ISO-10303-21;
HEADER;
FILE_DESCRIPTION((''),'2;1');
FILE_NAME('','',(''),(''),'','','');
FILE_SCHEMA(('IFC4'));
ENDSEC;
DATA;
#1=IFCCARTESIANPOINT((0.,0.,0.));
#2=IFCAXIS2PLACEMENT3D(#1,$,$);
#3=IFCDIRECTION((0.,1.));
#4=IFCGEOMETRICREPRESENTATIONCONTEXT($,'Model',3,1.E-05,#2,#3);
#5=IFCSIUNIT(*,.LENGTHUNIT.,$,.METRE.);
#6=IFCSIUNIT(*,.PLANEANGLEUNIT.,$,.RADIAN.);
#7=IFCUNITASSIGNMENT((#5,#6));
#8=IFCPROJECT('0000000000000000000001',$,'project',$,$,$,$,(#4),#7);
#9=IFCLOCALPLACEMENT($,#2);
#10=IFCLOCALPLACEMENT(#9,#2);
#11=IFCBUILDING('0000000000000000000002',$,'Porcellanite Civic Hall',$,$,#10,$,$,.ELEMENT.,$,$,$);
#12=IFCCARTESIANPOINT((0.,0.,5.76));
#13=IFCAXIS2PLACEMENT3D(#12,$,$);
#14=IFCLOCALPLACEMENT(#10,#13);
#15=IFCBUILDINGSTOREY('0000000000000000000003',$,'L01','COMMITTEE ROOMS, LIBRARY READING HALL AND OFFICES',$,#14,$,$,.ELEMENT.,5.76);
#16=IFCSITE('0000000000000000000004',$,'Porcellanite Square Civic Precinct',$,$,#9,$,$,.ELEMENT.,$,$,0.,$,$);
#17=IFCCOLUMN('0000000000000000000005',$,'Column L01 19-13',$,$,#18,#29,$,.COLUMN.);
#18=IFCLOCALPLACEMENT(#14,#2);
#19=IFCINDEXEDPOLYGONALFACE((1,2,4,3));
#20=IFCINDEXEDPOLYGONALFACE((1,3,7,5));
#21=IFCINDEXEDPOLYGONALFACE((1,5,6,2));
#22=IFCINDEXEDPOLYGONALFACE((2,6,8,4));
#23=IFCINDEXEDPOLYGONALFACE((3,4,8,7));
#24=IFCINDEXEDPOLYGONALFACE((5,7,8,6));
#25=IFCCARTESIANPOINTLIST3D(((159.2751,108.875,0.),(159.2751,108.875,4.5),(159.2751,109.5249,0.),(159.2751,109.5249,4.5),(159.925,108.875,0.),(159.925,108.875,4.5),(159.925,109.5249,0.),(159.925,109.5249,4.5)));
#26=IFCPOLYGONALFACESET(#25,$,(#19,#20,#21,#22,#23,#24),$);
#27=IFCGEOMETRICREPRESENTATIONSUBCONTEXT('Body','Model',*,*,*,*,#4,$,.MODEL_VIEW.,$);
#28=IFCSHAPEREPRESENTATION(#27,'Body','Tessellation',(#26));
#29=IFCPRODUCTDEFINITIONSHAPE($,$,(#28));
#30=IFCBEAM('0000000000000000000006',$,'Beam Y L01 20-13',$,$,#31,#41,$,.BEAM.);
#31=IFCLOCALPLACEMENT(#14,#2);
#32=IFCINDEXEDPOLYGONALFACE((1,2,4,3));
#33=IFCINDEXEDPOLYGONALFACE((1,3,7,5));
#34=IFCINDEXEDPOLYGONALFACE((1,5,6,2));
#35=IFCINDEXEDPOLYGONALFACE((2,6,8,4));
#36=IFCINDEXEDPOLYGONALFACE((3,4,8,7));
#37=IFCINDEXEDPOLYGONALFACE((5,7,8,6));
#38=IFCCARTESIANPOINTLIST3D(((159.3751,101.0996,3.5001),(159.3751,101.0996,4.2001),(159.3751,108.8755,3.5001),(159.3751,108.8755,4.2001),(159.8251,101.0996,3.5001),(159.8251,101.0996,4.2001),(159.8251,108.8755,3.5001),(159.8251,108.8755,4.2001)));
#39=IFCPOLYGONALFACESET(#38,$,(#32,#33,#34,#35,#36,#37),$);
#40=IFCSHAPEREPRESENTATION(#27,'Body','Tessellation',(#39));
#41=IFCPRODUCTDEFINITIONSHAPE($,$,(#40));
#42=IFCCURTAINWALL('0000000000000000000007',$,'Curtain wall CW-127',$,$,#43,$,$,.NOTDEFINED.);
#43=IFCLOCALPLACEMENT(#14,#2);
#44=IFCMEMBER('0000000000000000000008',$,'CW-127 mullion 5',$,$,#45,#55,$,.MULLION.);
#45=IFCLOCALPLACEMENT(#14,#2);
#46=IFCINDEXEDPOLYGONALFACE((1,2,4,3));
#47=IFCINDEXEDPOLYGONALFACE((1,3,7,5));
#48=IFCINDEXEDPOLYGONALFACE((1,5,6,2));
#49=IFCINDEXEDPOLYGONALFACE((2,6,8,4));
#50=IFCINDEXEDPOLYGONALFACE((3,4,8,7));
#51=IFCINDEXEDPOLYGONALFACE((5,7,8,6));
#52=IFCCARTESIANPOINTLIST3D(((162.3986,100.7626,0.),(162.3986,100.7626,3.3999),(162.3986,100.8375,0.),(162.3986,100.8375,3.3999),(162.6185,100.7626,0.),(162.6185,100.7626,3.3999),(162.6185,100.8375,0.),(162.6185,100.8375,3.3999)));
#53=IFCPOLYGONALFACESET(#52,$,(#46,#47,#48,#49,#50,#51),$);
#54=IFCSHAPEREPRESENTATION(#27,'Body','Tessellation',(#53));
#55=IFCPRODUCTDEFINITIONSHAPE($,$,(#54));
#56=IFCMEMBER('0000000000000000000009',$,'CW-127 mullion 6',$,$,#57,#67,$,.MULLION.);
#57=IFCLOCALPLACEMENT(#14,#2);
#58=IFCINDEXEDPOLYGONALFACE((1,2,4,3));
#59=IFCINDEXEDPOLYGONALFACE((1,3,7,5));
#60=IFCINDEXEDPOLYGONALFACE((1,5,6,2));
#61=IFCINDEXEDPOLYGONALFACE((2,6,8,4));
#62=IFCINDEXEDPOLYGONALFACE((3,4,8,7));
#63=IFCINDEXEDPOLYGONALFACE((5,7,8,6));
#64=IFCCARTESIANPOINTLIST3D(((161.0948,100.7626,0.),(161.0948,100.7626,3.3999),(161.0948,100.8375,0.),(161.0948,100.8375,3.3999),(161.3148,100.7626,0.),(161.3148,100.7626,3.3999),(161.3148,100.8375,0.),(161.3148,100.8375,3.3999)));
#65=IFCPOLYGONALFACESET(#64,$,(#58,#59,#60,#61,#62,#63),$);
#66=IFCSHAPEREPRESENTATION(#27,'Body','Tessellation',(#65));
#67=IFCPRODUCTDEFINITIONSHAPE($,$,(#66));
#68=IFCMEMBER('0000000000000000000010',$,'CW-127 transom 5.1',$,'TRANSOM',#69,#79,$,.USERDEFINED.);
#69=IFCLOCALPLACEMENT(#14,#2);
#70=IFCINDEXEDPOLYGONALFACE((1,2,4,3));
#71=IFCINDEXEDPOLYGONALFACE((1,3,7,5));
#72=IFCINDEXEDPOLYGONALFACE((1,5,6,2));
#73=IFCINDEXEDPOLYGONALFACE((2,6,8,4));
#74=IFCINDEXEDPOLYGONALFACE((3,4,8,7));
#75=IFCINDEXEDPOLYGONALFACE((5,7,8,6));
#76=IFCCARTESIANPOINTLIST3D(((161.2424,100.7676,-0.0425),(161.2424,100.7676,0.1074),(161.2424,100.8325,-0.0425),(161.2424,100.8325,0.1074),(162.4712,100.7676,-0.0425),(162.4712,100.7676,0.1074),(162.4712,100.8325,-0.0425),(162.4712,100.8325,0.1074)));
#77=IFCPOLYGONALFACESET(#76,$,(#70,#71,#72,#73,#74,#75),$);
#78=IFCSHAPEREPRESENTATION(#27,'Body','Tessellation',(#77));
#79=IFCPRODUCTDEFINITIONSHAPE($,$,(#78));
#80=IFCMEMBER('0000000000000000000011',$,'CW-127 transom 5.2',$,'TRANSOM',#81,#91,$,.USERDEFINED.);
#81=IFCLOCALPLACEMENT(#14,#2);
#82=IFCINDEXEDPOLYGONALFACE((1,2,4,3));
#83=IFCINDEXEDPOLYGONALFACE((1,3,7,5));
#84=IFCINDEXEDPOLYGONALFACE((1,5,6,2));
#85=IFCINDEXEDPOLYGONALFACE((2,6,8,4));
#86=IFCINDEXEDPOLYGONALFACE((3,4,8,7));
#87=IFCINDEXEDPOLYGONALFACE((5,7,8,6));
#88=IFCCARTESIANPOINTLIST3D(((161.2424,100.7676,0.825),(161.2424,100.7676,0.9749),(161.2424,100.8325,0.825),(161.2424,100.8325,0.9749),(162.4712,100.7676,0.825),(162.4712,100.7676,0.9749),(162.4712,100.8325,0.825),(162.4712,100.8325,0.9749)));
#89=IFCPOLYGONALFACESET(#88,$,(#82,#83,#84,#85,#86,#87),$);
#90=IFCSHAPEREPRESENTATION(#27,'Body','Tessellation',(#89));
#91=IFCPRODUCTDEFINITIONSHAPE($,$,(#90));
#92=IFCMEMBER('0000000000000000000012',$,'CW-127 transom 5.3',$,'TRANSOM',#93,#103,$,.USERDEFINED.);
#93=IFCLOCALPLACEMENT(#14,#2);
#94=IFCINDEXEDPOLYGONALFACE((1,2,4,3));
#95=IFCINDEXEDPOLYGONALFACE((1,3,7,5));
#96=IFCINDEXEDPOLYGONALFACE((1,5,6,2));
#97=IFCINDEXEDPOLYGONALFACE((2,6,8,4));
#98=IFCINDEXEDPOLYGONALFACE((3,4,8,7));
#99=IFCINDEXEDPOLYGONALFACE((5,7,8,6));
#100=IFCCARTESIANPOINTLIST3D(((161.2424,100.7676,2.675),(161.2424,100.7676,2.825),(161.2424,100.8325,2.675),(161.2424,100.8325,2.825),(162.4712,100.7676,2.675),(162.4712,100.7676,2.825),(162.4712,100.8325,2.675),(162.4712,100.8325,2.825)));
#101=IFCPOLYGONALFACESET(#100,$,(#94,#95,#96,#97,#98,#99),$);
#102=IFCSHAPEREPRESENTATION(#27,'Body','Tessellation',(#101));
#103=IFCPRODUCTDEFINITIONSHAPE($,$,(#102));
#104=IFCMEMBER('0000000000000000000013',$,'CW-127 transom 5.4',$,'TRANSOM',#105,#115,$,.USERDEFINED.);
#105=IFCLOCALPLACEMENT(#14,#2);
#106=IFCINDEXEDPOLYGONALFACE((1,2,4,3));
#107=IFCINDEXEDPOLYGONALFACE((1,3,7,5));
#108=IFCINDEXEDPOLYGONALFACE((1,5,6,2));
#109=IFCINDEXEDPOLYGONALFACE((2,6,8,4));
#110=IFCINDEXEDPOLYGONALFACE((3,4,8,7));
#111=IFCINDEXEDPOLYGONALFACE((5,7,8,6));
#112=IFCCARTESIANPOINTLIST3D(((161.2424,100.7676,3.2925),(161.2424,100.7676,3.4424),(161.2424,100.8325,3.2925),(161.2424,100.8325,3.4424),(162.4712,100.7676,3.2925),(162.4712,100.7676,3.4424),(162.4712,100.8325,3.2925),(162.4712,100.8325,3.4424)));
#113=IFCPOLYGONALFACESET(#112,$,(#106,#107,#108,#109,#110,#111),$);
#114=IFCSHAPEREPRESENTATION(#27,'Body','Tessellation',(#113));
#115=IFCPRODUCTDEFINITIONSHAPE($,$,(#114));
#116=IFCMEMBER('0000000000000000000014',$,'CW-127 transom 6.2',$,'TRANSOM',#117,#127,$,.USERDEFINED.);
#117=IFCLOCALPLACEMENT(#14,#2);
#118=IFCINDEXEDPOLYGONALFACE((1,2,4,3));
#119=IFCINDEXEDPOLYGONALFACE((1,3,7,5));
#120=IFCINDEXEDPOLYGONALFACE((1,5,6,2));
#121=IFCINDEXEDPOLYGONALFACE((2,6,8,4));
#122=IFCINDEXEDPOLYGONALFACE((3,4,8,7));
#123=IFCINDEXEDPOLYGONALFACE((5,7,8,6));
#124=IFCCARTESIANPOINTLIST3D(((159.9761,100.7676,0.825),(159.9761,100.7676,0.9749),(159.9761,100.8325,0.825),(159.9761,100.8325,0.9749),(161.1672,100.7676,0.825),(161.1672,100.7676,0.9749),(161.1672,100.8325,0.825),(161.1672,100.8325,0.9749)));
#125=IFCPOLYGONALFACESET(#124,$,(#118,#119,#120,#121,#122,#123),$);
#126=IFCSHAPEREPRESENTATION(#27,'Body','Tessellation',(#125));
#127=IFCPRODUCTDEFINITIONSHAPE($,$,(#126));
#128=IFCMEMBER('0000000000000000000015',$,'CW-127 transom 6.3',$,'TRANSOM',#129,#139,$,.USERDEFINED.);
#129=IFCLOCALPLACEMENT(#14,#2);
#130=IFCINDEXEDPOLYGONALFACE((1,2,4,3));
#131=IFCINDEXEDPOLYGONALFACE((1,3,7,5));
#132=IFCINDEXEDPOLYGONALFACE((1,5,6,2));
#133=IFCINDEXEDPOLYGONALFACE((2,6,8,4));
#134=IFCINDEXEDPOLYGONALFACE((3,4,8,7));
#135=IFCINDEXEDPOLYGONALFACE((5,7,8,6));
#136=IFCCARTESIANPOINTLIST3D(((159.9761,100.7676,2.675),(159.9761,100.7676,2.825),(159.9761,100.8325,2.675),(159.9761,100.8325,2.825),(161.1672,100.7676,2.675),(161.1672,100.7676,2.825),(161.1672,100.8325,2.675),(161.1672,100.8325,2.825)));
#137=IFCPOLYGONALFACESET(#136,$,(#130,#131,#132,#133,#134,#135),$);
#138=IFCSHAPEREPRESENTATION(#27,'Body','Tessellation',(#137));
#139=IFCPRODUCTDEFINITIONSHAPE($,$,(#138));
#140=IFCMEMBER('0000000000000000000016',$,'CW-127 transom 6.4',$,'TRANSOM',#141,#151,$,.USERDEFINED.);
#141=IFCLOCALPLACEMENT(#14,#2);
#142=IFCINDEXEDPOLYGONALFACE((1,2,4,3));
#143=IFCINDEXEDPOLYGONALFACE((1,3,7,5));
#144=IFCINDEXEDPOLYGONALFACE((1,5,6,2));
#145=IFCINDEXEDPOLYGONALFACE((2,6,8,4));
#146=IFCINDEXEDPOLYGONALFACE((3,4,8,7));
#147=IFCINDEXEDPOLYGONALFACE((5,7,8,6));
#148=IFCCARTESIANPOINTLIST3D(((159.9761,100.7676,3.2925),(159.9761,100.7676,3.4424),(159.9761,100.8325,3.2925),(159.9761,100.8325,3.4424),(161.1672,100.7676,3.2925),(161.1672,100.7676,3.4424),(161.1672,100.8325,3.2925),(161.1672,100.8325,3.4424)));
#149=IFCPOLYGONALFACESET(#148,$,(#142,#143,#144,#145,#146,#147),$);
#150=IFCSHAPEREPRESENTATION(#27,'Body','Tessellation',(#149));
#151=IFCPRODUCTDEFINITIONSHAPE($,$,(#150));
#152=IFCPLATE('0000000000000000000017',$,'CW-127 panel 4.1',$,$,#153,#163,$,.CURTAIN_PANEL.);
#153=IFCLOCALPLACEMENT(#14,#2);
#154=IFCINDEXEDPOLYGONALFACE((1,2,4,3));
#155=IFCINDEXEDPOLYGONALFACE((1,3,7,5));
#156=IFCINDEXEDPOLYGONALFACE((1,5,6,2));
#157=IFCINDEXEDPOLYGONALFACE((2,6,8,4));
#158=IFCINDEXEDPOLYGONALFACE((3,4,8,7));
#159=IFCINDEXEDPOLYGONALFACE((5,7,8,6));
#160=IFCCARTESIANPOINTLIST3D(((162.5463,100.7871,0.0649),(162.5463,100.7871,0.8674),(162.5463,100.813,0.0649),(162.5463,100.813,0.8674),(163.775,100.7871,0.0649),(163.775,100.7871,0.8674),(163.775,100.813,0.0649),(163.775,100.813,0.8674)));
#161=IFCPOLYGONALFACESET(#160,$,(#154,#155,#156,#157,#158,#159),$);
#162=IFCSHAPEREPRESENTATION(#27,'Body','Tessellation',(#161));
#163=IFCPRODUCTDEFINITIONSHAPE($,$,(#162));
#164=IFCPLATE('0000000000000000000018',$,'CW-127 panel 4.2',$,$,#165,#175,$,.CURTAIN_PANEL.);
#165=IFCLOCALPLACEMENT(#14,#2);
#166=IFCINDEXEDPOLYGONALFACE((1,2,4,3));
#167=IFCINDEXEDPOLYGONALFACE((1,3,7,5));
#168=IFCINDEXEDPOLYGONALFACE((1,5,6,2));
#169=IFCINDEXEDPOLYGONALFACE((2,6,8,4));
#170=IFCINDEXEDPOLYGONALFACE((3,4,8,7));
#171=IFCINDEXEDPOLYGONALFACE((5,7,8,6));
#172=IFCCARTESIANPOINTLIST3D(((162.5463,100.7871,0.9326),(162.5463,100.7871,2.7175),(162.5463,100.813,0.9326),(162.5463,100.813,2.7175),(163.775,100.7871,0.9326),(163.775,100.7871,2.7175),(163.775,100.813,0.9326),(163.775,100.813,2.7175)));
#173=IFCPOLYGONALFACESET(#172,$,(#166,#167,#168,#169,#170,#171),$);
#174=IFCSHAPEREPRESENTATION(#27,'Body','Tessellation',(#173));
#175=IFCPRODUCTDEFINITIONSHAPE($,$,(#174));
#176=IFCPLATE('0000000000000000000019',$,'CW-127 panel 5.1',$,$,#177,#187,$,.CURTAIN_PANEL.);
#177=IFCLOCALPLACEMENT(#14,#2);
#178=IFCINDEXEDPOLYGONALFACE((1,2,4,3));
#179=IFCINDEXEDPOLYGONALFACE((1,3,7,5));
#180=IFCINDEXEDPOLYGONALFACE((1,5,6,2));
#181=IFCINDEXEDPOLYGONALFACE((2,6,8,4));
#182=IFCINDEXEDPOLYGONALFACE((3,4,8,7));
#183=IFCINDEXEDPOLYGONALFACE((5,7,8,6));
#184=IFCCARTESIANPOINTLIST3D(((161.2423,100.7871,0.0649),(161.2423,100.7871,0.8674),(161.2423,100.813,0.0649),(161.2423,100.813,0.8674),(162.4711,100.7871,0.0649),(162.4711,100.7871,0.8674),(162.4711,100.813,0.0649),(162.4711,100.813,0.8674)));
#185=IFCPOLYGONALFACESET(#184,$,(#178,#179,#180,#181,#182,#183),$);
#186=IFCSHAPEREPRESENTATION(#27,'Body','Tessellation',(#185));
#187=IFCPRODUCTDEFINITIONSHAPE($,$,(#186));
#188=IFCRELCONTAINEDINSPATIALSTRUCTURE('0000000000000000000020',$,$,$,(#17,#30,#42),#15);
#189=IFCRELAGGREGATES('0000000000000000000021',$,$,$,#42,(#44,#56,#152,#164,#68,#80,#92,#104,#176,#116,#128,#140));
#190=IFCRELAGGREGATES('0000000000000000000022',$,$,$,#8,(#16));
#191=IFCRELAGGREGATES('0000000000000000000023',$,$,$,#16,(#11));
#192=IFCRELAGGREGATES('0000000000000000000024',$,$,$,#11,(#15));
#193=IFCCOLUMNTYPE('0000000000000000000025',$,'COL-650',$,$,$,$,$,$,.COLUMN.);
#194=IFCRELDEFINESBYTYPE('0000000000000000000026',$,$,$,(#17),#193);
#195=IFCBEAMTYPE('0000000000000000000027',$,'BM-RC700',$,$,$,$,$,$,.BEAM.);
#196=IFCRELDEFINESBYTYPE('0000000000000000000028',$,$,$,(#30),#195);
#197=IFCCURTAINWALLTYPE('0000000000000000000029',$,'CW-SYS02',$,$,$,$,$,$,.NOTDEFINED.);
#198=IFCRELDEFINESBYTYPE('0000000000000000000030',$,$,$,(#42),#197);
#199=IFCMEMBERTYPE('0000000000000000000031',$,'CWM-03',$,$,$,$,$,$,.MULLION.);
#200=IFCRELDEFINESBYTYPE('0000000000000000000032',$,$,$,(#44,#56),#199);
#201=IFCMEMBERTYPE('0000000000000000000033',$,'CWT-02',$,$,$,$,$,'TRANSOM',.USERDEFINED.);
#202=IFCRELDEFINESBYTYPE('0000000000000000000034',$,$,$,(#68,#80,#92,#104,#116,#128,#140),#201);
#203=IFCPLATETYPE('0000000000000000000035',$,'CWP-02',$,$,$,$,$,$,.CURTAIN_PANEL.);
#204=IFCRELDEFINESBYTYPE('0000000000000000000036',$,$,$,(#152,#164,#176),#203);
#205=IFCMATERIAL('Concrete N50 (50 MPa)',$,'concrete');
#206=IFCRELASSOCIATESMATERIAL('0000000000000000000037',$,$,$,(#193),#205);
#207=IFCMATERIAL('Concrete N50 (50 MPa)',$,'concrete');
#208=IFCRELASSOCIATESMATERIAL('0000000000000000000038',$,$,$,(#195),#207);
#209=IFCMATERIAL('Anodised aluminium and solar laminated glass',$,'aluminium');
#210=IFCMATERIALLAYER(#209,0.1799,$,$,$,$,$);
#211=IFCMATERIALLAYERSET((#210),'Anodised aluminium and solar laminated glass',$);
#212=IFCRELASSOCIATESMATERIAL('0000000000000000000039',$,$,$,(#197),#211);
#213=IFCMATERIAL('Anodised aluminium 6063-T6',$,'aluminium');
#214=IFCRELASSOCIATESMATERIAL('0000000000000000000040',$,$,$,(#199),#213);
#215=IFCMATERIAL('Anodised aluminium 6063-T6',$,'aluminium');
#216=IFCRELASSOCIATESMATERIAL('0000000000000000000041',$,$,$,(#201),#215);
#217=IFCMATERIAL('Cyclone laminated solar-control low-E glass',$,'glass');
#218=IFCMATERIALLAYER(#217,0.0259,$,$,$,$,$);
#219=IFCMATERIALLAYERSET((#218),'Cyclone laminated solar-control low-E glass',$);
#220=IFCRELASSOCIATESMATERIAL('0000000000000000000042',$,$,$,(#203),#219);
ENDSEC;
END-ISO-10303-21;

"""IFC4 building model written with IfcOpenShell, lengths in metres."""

from ifc_helpers import new_model, si_unit, direction, frame, origin, origin_2d, place, context, subcontext, project, spatial, rectangle, extrude, material, layer, layer_set, material_profile, profile_set, type_object, element, aggregate, save


model = new_model("IFC4")

# Units and contexts
model_context = context("Model", 3, precision=1e-05, world=origin(), true_north=direction((0.0, 1.0)))
body_context = subcontext(model_context, "Body", "Model", "MODEL_VIEW")
ifc_project = project(units=[si_unit("LENGTHUNIT", "METRE"), si_unit("PLANEANGLEUNIT", "RADIAN")], contexts=[model_context])

# Site, building, storey
site_placement = place(None, origin())
site = spatial("IfcSite", under=ifc_project, at=site_placement, Name="Porcellanite Square Civic Precinct", CompositionType="ELEMENT", RefElevation=0.0)
building_placement = place(site_placement, origin())
building = spatial("IfcBuilding", under=site, at=building_placement, Name="Porcellanite Civic Hall", CompositionType="ELEMENT")
storey_placement = place(building_placement, frame((0.0, 0.0, 5.76)))
storey = spatial("IfcBuildingStorey", under=building, at=storey_placement, Name="L01", Description="COMMITTEE ROOMS, LIBRARY READING HALL AND OFFICES", CompositionType="ELEMENT", Elevation=5.76)

# Column
ifc_material_1 = material(Name="Concrete N50 (50 MPa)", Category="concrete")
ifc_material_profile_1 = material_profile(ifc_material_1, rectangle(XDim=0.6499, YDim=0.6499, at=origin_2d()), Name="RC-650x650")
ifc_profile_set_1 = profile_set([ifc_material_profile_1], Name="Concrete N50 (50 MPa)")
column_type = type_object("IfcColumnType", Name="COL-650", PredefinedType="COLUMN", material=ifc_profile_set_1)
column_placement = place(storey_placement, frame((159.6001, 109.2, 0.0), z_axis=(0.0, 0.0, 1.0), x_axis=(1.0, 0.0, 0.0)))
element("IfcColumn", 1, at=column_placement, inside=storey, type_object=column_type, Name="Column L01 19-13", PredefinedType="COLUMN", context=body_context, shape_type="SweptSolid", body=[
    extrude(rectangle(XDim=0.6499, YDim=0.6499, at=origin_2d()), origin(), (0.0, 0.0, 1.0), 4.5),
])

# Beam
ifc_material_2 = material(Name="Concrete N50 (50 MPa)", Category="concrete")
ifc_material_profile_2 = material_profile(ifc_material_2, rectangle(XDim=0.45, YDim=0.7, at=origin_2d()), Name="RC-450x700")
ifc_profile_set_2 = profile_set([ifc_material_profile_2], Name="Concrete N50 (50 MPa)")
beam_type = type_object("IfcBeamType", Name="BM-RC700", PredefinedType="BEAM", material=ifc_profile_set_2)
beam_placement = place(storey_placement, frame((159.6001, 101.0996, 3.8501), z_axis=(0.0, 1.0, 0.0), x_axis=(-1.0, 0.0, 0.0)))
element("IfcBeam", 2, at=beam_placement, inside=storey, type_object=beam_type, Name="Beam Y L01 20-13", PredefinedType="BEAM", context=body_context, shape_type="SweptSolid", body=[
    extrude(rectangle(XDim=0.45, YDim=0.7, at=origin_2d()), origin(), (0.0, 0.0, 1.0), 7.7759),
])

# Curtain wall, members, plates
ifc_material_3 = material(Name="Anodised aluminium and solar laminated glass", Category="aluminium")
ifc_layer_1 = layer(ifc_material_3, 0.1799)
ifc_layer_set_1 = layer_set([ifc_layer_1], Name="Anodised aluminium and solar laminated glass")
curtain_wall_type = type_object("IfcCurtainWallType", Name="CW-SYS02", PredefinedType="NOTDEFINED", material=ifc_layer_set_1)
curtain_wall_placement = place(storey_placement, origin())
curtain_wall = element("IfcCurtainWall", 3, at=curtain_wall_placement, inside=storey, type_object=curtain_wall_type, Name="Curtain wall CW-127", PredefinedType="NOTDEFINED")
ifc_material_4 = material(Name="Anodised aluminium 6063-T6", Category="aluminium")
ifc_material_profile_3 = material_profile(ifc_material_4, rectangle(XDim=0.075, YDim=0.22, at=origin_2d()), Name="AL-75x220")
ifc_profile_set_3 = profile_set([ifc_material_profile_3], Name="Anodised aluminium 6063-T6")
member_type_1 = type_object("IfcMemberType", Name="CWM-03", PredefinedType="MULLION", material=ifc_profile_set_3)
member_1_placement = place(storey_placement, frame((162.5085, 100.8, 0.0), z_axis=(0.0, 0.0, 1.0), x_axis=(0.0, -1.0, 0.0)))
member_1 = element("IfcMember", 4, at=member_1_placement, type_object=member_type_1, Name="CW-127 mullion 5", PredefinedType="MULLION", context=body_context, shape_type="SweptSolid", body=[
    extrude(rectangle(XDim=0.075, YDim=0.22, at=origin_2d()), origin(), (0.0, 0.0, 1.0), 3.3999),
])
member_2_placement = place(storey_placement, frame((161.2048, 100.8, 0.0), z_axis=(0.0, 0.0, 1.0), x_axis=(0.0, -1.0, 0.0)))
member_2 = element("IfcMember", 5, at=member_2_placement, type_object=member_type_1, Name="CW-127 mullion 6", PredefinedType="MULLION", context=body_context, shape_type="SweptSolid", body=[
    extrude(rectangle(XDim=0.075, YDim=0.22, at=origin_2d()), origin(), (0.0, 0.0, 1.0), 3.3999),
])
ifc_material_5 = material(Name="Anodised aluminium 6063-T6", Category="aluminium")
ifc_material_profile_4 = material_profile(ifc_material_5, rectangle(XDim=0.0649, YDim=0.1499, at=origin_2d()), Name="AL-65x150")
ifc_profile_set_4 = profile_set([ifc_material_profile_4], Name="Anodised aluminium 6063-T6")
member_type_2 = type_object("IfcMemberType", Name="CWT-02", ElementType="TRANSOM", PredefinedType="USERDEFINED", material=ifc_profile_set_4)
member_3_placement = place(storey_placement, frame((162.4712, 100.8, 0.0325), z_axis=(-1.0, 0.0, 0.0), x_axis=(0.0, -1.0, 0.0)))
member_3 = element("IfcMember", 6, at=member_3_placement, type_object=member_type_2, Name="CW-127 transom 5.1", ObjectType="TRANSOM", PredefinedType="USERDEFINED", context=body_context, shape_type="SweptSolid", body=[
    extrude(rectangle(XDim=0.0649, YDim=0.1499, at=origin_2d()), origin(), (0.0, 0.0, 1.0), 1.2288),
])
member_4_placement = place(storey_placement, frame((162.4712, 100.8, 0.8999), z_axis=(-1.0, 0.0, 0.0), x_axis=(0.0, -1.0, 0.0)))
member_4 = element("IfcMember", 7, at=member_4_placement, type_object=member_type_2, Name="CW-127 transom 5.2", ObjectType="TRANSOM", PredefinedType="USERDEFINED", context=body_context, shape_type="SweptSolid", body=[
    extrude(rectangle(XDim=0.0649, YDim=0.1499, at=origin_2d()), origin(), (0.0, 0.0, 1.0), 1.2288),
])
member_5_placement = place(storey_placement, frame((162.4712, 100.8, 2.75), z_axis=(-1.0, 0.0, 0.0), x_axis=(0.0, -1.0, 0.0)))
member_5 = element("IfcMember", 8, at=member_5_placement, type_object=member_type_2, Name="CW-127 transom 5.3", ObjectType="TRANSOM", PredefinedType="USERDEFINED", context=body_context, shape_type="SweptSolid", body=[
    extrude(rectangle(XDim=0.0649, YDim=0.1499, at=origin_2d()), origin(), (0.0, 0.0, 1.0), 1.2288),
])
member_6_placement = place(storey_placement, frame((162.4712, 100.8, 3.3674), z_axis=(-1.0, 0.0, 0.0), x_axis=(0.0, -1.0, 0.0)))
member_6 = element("IfcMember", 9, at=member_6_placement, type_object=member_type_2, Name="CW-127 transom 5.4", ObjectType="TRANSOM", PredefinedType="USERDEFINED", context=body_context, shape_type="SweptSolid", body=[
    extrude(rectangle(XDim=0.0649, YDim=0.1499, at=origin_2d()), origin(), (0.0, 0.0, 1.0), 1.2288),
])
member_7_placement = place(storey_placement, frame((161.1672, 100.8, 0.8999), z_axis=(-1.0, 0.0, 0.0), x_axis=(0.0, -1.0, 0.0)))
member_7 = element("IfcMember", 10, at=member_7_placement, type_object=member_type_2, Name="CW-127 transom 6.2", ObjectType="TRANSOM", PredefinedType="USERDEFINED", context=body_context, shape_type="SweptSolid", body=[
    extrude(rectangle(XDim=0.0649, YDim=0.1499, at=origin_2d()), origin(), (0.0, 0.0, 1.0), 1.1912),
])
member_8_placement = place(storey_placement, frame((161.1672, 100.8, 2.75), z_axis=(-1.0, 0.0, 0.0), x_axis=(0.0, -1.0, 0.0)))
member_8 = element("IfcMember", 11, at=member_8_placement, type_object=member_type_2, Name="CW-127 transom 6.3", ObjectType="TRANSOM", PredefinedType="USERDEFINED", context=body_context, shape_type="SweptSolid", body=[
    extrude(rectangle(XDim=0.0649, YDim=0.1499, at=origin_2d()), origin(), (0.0, 0.0, 1.0), 1.1912),
])
member_9_placement = place(storey_placement, frame((161.1672, 100.8, 3.3674), z_axis=(-1.0, 0.0, 0.0), x_axis=(0.0, -1.0, 0.0)))
member_9 = element("IfcMember", 12, at=member_9_placement, type_object=member_type_2, Name="CW-127 transom 6.4", ObjectType="TRANSOM", PredefinedType="USERDEFINED", context=body_context, shape_type="SweptSolid", body=[
    extrude(rectangle(XDim=0.0649, YDim=0.1499, at=origin_2d()), origin(), (0.0, 0.0, 1.0), 1.1912),
])
ifc_material_6 = material(Name="Cyclone laminated solar-control low-E glass", Category="glass")
ifc_layer_2 = layer(ifc_material_6, 0.0259)
ifc_layer_set_2 = layer_set([ifc_layer_2], Name="Cyclone laminated solar-control low-E glass")
plate_type = type_object("IfcPlateType", Name="CWP-02", PredefinedType="CURTAIN_PANEL", material=ifc_layer_set_2)
plate_1_placement = place(storey_placement, frame((163.1606, 100.8, 0.0649), z_axis=(0.0, 0.0, 1.0), x_axis=(-1.0, 0.0, 0.0)))
plate_1 = element("IfcPlate", 13, at=plate_1_placement, type_object=plate_type, Name="CW-127 panel 4.1", PredefinedType="CURTAIN_PANEL", context=body_context, shape_type="SweptSolid", body=[
    extrude(rectangle(XDim=1.2288, YDim=0.0259, at=origin_2d()), origin(), (0.0, 0.0, 1.0), 0.8025),
])
plate_2_placement = place(storey_placement, frame((163.1606, 100.8, 0.9326), z_axis=(0.0, 0.0, 1.0), x_axis=(-1.0, 0.0, 0.0)))
plate_2 = element("IfcPlate", 14, at=plate_2_placement, type_object=plate_type, Name="CW-127 panel 4.2", PredefinedType="CURTAIN_PANEL", context=body_context, shape_type="SweptSolid", body=[
    extrude(rectangle(XDim=1.2288, YDim=0.0259, at=origin_2d()), origin(), (0.0, 0.0, 1.0), 1.7849),
])
plate_3_placement = place(storey_placement, frame((161.8567, 100.8, 0.0649), z_axis=(0.0, 0.0, 1.0), x_axis=(-1.0, 0.0, 0.0)))
plate_3 = element("IfcPlate", 15, at=plate_3_placement, type_object=plate_type, Name="CW-127 panel 5.1", PredefinedType="CURTAIN_PANEL", context=body_context, shape_type="SweptSolid", body=[
    extrude(rectangle(XDim=1.2288, YDim=0.0259, at=origin_2d()), origin(), (0.0, 0.0, 1.0), 0.8025),
])
aggregate(curtain_wall, [member_1, member_2, plate_1, plate_2, member_3, member_4, member_5, member_6, plate_3, member_7, member_8, member_9])

save(model, "model.ifc")
